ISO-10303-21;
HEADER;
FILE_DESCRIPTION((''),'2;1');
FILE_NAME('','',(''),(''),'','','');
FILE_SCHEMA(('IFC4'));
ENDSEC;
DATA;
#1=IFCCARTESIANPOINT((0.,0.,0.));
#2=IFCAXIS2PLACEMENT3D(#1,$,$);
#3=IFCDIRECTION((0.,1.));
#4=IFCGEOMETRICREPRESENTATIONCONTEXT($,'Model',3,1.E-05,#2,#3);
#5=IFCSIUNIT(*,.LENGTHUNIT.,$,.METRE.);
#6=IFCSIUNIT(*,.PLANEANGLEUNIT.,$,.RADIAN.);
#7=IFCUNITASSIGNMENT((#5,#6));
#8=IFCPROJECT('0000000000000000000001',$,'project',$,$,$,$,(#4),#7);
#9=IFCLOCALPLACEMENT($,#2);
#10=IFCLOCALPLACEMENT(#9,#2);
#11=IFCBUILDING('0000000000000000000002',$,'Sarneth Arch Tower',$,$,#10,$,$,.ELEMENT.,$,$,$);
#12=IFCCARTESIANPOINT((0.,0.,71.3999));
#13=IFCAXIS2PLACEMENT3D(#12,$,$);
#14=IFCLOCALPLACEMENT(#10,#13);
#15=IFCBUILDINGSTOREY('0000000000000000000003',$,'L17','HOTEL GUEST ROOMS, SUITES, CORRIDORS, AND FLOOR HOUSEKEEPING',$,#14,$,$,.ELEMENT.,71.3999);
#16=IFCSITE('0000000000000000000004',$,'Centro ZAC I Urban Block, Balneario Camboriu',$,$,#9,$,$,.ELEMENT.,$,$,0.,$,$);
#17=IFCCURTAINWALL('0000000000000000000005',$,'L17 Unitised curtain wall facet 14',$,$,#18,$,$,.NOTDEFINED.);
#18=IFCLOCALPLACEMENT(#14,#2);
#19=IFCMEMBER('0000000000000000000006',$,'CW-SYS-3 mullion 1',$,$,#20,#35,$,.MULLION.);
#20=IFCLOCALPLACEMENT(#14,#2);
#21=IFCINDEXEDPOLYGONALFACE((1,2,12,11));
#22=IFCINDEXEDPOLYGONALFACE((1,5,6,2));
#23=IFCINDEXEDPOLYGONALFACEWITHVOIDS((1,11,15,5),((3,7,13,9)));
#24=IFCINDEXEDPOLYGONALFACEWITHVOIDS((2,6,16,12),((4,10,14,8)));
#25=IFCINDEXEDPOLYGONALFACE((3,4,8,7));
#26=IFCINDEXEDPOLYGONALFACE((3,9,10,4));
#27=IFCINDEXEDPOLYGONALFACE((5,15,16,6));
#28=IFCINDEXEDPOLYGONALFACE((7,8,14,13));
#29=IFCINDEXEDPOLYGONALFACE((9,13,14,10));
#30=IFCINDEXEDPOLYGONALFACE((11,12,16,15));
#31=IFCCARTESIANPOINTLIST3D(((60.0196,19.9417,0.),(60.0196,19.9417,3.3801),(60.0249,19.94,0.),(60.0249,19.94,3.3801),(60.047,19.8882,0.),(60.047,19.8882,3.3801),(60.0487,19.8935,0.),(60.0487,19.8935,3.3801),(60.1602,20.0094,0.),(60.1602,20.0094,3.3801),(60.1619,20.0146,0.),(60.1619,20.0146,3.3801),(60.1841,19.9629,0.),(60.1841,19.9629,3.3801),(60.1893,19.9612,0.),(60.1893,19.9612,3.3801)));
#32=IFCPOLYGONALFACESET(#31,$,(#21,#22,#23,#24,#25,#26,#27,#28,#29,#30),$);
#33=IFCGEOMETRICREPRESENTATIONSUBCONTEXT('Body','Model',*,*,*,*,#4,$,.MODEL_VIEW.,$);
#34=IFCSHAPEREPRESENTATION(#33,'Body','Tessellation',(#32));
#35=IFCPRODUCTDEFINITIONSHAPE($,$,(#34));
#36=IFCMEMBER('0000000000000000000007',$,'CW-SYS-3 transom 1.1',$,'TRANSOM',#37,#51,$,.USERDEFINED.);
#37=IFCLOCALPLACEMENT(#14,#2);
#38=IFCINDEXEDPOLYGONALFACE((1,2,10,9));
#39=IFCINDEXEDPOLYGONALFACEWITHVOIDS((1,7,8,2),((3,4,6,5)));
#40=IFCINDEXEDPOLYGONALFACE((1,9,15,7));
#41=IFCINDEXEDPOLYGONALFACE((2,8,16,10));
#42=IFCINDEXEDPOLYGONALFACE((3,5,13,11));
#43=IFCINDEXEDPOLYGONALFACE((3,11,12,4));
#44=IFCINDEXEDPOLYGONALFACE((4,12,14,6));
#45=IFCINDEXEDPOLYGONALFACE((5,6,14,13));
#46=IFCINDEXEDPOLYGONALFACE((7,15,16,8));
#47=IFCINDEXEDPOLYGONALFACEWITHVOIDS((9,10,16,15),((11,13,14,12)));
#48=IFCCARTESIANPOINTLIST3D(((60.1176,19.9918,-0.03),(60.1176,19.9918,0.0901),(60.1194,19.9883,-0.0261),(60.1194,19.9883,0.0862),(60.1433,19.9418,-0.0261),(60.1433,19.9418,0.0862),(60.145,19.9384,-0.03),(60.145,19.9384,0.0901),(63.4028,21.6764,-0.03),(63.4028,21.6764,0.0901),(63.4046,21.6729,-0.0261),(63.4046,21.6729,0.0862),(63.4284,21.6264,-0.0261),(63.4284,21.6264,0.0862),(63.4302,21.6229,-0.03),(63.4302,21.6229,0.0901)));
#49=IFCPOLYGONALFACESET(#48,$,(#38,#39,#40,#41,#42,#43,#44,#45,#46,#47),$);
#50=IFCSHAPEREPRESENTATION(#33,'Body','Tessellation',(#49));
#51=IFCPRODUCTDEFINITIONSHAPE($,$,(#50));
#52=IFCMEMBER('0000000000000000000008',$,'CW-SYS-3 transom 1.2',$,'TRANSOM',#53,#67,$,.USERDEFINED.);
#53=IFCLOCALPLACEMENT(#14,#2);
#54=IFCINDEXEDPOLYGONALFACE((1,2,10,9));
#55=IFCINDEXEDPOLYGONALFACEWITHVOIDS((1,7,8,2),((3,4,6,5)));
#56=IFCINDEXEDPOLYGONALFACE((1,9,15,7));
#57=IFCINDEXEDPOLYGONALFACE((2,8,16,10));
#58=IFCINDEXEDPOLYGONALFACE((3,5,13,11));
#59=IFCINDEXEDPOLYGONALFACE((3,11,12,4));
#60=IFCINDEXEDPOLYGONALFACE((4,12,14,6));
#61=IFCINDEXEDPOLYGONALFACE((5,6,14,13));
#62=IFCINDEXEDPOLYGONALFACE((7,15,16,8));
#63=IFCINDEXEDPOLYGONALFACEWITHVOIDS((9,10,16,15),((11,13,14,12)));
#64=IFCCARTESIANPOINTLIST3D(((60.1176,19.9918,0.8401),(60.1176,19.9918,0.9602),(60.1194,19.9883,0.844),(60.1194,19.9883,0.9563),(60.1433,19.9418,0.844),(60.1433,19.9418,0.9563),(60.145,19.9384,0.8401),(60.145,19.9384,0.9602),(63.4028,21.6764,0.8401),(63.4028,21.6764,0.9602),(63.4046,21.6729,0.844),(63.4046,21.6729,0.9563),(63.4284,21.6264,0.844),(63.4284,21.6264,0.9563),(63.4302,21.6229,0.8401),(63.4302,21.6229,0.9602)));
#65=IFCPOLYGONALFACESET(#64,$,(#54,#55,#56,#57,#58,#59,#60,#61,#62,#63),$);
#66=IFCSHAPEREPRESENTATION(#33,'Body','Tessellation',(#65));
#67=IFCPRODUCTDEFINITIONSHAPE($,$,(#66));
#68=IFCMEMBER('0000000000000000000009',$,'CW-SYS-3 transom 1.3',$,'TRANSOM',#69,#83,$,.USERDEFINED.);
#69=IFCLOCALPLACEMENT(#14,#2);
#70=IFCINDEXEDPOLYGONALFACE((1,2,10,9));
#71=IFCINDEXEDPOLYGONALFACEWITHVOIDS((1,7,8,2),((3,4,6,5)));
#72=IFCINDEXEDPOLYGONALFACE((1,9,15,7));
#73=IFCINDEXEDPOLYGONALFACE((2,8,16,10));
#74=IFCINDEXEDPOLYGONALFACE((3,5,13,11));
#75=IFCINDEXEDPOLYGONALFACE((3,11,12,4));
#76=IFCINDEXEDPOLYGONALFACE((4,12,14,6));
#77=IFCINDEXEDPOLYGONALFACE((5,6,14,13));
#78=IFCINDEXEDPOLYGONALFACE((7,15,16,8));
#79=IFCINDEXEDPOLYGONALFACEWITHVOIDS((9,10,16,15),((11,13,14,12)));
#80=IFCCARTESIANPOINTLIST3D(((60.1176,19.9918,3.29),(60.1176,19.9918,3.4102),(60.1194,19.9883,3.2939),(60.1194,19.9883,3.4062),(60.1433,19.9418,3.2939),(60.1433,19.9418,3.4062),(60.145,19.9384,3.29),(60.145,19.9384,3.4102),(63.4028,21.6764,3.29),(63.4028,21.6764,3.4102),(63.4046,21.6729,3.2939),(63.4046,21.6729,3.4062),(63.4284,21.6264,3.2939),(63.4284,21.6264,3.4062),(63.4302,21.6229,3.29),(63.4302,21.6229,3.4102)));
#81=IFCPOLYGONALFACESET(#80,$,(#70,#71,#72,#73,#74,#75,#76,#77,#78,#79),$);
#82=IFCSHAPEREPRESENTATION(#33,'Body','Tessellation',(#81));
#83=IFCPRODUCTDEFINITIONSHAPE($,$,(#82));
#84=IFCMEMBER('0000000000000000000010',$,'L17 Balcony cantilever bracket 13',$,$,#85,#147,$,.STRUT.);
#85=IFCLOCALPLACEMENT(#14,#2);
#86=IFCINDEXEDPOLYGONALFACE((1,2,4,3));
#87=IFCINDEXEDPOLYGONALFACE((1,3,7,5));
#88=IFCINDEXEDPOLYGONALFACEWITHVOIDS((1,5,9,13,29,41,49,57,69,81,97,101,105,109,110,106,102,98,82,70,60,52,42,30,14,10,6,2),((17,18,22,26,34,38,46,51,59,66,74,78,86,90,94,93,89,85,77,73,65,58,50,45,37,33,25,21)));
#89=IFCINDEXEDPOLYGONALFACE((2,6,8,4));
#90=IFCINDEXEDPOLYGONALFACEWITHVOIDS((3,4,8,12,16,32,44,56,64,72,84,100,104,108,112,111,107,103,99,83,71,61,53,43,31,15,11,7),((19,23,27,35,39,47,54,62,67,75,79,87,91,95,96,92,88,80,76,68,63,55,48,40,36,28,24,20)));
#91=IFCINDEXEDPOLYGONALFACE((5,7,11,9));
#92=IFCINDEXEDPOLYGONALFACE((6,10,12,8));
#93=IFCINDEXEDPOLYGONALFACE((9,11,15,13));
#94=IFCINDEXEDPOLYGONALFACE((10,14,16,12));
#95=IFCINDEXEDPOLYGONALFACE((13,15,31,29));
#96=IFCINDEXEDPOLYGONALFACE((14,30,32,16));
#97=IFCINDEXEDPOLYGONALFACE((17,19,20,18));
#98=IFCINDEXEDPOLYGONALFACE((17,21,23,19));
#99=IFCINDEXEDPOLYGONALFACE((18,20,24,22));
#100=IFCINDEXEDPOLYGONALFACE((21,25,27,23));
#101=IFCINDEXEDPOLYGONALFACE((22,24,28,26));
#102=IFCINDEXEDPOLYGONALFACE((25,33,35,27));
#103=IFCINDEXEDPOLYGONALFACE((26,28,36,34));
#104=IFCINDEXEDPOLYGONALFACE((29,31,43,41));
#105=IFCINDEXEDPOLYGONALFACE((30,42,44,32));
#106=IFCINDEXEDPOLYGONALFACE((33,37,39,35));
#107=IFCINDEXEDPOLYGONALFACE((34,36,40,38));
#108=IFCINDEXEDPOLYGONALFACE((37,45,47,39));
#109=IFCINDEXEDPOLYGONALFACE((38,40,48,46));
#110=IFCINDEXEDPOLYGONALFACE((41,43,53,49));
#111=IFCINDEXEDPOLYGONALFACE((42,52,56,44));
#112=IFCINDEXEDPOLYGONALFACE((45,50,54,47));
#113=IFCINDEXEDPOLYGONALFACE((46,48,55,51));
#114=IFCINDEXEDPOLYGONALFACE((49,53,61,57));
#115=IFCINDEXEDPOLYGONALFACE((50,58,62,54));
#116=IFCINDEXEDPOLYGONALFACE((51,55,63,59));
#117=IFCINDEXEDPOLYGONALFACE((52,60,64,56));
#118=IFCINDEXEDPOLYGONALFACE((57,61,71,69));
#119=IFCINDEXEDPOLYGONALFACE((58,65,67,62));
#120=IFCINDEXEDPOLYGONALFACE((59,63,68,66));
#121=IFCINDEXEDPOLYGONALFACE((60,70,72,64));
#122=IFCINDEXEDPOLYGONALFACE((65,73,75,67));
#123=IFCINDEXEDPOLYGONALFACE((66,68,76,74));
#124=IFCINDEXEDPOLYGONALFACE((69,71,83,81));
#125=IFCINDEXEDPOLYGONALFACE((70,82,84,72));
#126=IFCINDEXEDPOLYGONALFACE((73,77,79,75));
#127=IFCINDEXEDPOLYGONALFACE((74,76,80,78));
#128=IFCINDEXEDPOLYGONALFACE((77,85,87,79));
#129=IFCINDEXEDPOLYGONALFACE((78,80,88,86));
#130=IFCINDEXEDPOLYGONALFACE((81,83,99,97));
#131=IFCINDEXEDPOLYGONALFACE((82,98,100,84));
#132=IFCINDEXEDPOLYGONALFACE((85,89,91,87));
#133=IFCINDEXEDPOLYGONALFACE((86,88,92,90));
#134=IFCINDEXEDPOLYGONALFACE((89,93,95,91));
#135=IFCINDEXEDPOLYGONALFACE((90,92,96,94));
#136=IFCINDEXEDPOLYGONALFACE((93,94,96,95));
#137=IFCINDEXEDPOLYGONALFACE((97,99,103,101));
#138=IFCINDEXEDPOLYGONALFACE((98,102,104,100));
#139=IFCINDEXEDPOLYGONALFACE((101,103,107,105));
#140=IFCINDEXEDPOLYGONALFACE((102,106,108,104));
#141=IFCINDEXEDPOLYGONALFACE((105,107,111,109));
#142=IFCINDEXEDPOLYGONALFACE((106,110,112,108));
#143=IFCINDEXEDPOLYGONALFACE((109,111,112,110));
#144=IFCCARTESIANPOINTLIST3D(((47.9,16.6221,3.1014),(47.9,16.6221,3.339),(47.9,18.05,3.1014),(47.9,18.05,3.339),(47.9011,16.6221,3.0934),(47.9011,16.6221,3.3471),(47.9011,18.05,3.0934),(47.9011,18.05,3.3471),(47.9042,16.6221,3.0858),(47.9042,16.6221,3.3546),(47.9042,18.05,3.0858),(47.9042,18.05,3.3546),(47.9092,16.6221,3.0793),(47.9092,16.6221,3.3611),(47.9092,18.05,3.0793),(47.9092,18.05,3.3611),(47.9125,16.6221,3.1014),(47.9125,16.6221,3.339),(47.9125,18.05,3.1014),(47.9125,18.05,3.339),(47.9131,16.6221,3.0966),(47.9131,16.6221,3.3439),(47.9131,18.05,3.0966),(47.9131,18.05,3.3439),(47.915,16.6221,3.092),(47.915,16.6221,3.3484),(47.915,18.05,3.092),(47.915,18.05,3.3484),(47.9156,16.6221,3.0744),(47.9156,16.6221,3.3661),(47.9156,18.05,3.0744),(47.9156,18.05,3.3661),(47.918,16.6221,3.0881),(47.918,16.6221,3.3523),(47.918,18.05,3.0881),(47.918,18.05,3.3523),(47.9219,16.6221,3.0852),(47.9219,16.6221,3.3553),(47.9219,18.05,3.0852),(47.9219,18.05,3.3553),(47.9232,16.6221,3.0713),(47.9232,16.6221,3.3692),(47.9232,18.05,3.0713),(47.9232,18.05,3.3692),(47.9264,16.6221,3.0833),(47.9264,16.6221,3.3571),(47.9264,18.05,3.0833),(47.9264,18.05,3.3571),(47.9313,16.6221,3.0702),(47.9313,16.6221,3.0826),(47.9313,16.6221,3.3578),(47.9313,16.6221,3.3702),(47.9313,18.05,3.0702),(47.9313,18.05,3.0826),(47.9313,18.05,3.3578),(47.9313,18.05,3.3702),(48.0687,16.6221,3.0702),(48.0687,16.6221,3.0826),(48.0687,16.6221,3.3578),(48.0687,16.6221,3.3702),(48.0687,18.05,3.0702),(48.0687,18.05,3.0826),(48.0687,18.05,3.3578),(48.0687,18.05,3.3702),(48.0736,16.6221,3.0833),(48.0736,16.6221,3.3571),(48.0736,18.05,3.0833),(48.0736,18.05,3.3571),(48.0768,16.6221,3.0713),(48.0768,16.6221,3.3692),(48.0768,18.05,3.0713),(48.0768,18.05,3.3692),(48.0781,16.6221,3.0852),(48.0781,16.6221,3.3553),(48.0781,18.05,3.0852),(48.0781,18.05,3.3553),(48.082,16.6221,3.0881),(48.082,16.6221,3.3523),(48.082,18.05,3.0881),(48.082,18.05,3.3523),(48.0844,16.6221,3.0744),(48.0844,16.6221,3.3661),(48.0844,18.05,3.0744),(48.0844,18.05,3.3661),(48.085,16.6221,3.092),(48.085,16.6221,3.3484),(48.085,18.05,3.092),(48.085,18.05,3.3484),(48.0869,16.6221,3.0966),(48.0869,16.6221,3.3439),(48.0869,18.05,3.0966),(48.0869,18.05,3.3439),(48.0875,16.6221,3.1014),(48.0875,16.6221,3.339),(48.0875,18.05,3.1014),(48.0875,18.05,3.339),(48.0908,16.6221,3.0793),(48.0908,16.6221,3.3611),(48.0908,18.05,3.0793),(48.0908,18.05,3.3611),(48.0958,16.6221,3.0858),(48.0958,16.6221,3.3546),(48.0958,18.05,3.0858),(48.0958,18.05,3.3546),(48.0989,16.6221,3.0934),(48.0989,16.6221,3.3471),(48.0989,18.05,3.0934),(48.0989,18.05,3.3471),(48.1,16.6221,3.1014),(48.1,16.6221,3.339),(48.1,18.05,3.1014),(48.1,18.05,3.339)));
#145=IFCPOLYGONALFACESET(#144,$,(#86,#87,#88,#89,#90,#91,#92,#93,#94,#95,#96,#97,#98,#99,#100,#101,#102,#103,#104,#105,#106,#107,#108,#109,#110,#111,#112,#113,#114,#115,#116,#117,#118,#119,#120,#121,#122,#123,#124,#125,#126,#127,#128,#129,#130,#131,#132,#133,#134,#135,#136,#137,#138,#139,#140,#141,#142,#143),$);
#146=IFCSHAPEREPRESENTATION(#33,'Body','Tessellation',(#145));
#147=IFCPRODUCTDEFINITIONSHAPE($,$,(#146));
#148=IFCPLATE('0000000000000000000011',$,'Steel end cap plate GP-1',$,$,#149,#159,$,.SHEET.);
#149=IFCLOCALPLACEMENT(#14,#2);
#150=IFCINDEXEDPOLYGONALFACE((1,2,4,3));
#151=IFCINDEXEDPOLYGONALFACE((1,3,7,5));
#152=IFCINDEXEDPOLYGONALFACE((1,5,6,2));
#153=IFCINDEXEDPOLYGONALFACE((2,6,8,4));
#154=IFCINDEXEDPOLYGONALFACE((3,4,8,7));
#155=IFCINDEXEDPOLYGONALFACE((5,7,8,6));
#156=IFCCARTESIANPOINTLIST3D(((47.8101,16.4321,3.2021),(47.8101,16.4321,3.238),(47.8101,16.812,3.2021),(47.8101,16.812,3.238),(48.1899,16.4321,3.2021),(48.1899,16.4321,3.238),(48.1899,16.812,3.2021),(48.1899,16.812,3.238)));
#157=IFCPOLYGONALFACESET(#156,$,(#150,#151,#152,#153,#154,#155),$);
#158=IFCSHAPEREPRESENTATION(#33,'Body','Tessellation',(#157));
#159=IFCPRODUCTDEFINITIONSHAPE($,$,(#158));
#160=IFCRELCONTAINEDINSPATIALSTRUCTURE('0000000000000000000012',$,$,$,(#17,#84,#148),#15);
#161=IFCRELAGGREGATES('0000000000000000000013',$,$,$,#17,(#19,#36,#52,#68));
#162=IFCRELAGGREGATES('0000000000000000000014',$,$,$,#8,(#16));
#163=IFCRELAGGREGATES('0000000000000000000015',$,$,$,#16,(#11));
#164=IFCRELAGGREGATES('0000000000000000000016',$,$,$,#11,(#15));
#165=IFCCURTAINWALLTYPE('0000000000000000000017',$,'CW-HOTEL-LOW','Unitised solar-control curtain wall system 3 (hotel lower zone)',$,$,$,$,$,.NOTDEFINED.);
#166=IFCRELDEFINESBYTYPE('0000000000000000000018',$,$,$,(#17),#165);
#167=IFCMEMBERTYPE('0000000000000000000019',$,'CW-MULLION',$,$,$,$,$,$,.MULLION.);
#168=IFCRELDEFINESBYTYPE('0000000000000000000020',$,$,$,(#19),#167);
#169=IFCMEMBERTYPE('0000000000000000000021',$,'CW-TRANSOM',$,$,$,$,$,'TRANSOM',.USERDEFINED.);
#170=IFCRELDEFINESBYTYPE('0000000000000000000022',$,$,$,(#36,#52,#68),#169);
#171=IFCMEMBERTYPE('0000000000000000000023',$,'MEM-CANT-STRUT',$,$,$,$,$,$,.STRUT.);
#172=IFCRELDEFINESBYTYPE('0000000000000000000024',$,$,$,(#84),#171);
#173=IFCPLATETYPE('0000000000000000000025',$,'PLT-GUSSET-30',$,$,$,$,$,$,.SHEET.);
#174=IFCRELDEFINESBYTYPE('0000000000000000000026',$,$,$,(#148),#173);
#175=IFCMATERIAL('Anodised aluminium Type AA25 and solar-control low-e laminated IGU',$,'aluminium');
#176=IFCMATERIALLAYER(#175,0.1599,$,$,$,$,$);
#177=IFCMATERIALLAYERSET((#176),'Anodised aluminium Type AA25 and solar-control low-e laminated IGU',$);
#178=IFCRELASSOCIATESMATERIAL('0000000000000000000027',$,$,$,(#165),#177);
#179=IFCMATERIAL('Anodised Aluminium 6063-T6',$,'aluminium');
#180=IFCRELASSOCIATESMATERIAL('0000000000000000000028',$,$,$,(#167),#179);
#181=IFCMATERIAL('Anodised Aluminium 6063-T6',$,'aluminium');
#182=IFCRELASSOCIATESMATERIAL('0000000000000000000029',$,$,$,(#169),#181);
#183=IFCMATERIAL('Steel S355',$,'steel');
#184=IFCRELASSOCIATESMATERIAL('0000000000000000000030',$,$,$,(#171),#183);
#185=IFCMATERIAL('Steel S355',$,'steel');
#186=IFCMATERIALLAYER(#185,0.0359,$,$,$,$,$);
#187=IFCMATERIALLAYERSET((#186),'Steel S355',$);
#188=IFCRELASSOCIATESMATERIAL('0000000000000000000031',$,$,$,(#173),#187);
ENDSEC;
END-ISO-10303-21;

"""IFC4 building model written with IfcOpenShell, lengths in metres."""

from ifc_helpers import new_model, si_unit, direction, frame, origin, origin_2d, place, context, subcontext, project, spatial, rectangle, hollow_rectangle, extrude, material, layer, layer_set, material_profile, profile_set, type_object, element, aggregate, save


model = new_model("IFC4")

# Units and contexts
model_context = context("Model", 3, precision=1e-05, world=origin(), true_north=direction((0.0, 1.0)))
body_context = subcontext(model_context, "Body", "Model", "MODEL_VIEW")
ifc_project = project(units=[si_unit("LENGTHUNIT", "METRE"), si_unit("PLANEANGLEUNIT", "RADIAN")], contexts=[model_context])

# Site, building, storey
site_placement = place(None, origin())
site = spatial("IfcSite", under=ifc_project, at=site_placement, Name="Centro ZAC I Urban Block, Balneario Camboriu", CompositionType="ELEMENT", RefElevation=0.0)
building_placement = place(site_placement, origin())
building = spatial("IfcBuilding", under=site, at=building_placement, Name="Sarneth Arch Tower", CompositionType="ELEMENT")
storey_placement = place(building_placement, frame((0.0, 0.0, 71.3999)))
storey = spatial("IfcBuildingStorey", under=building, at=storey_placement, Name="L17", Description="HOTEL GUEST ROOMS, SUITES, CORRIDORS, AND FLOOR HOUSEKEEPING", CompositionType="ELEMENT", Elevation=71.3999)

# Curtain wall, members
ifc_material_1 = material(Name="Anodised aluminium Type AA25 and solar-control low-e laminated IGU", Category="aluminium")
ifc_layer_1 = layer(ifc_material_1, 0.1599)
ifc_layer_set_1 = layer_set([ifc_layer_1], Name="Anodised aluminium Type AA25 and solar-control low-e laminated IGU")
curtain_wall_type = type_object("IfcCurtainWallType", Name="CW-HOTEL-LOW", Description="Unitised solar-control curtain wall system 3 (hotel lower zone)", PredefinedType="NOTDEFINED", material=ifc_layer_set_1)
curtain_wall_placement = place(storey_placement, origin())
curtain_wall = element("IfcCurtainWall", 1, at=curtain_wall_placement, inside=storey, type_object=curtain_wall_type, Name="L17 Unitised curtain wall facet 14", PredefinedType="NOTDEFINED")
ifc_material_2 = material(Name="Anodised Aluminium 6063-T6", Category="aluminium")
ifc_material_profile_1 = material_profile(ifc_material_2, hollow_rectangle(XDim=0.0601, YDim=0.1599, WallThickness=0.0039, at=origin_2d()), Name="AL-MULL-160x60x4")
ifc_profile_set_1 = profile_set([ifc_material_profile_1], Name="Anodised Aluminium 6063-T6")
member_type_1 = type_object("IfcMemberType", Name="CW-MULLION", PredefinedType="MULLION", material=ifc_profile_set_1)
member_1_placement = place(storey_placement, frame((60.1045, 19.9514, 0.0), z_axis=(0.0, 0.0, 1.0), x_axis=(-0.456245, 0.889854, 0.0)))
member_1 = element("IfcMember", 2, at=member_1_placement, type_object=member_type_1, Name="CW-SYS-3 mullion 1", PredefinedType="MULLION", context=body_context, shape_type="SweptSolid", body=[
    extrude(hollow_rectangle(XDim=0.0601, YDim=0.1599, WallThickness=0.0039, at=origin_2d()), origin(), (0.0, 0.0, 1.0), 3.3801),
])
ifc_material_3 = material(Name="Anodised Aluminium 6063-T6", Category="aluminium")
ifc_material_profile_2 = material_profile(ifc_material_3, hollow_rectangle(XDim=0.0601, YDim=0.1201, WallThickness=0.0039, at=origin_2d()), Name="AL-TRAN-120x60x4")
ifc_profile_set_2 = profile_set([ifc_material_profile_2], Name="Anodised Aluminium 6063-T6")
member_type_2 = type_object("IfcMemberType", Name="CW-TRANSOM", ElementType="TRANSOM", PredefinedType="USERDEFINED", material=ifc_profile_set_2)
member_2_placement = place(storey_placement, frame((60.1313, 19.9651, 0.03), z_axis=(0.889831, 0.45629, 0.0), x_axis=(-0.45629, 0.889831, 0.0)))
member_2 = element("IfcMember", 3, at=member_2_placement, type_object=member_type_2, Name="CW-SYS-3 transom 1.1", ObjectType="TRANSOM", PredefinedType="USERDEFINED", context=body_context, shape_type="SweptSolid", body=[
    extrude(hollow_rectangle(XDim=0.0601, YDim=0.1201, WallThickness=0.0039, at=origin_2d()), origin(), (0.0, 0.0, 1.0), 3.6919),
])
member_3_placement = place(storey_placement, frame((60.1313, 19.9651, 0.9001), z_axis=(0.889831, 0.45629, 0.0), x_axis=(-0.45629, 0.889831, 0.0)))
member_3 = element("IfcMember", 4, at=member_3_placement, type_object=member_type_2, Name="CW-SYS-3 transom 1.2", ObjectType="TRANSOM", PredefinedType="USERDEFINED", context=body_context, shape_type="SweptSolid", body=[
    extrude(hollow_rectangle(XDim=0.0601, YDim=0.1201, WallThickness=0.0039, at=origin_2d()), origin(), (0.0, 0.0, 1.0), 3.6919),
])
member_4_placement = place(storey_placement, frame((60.1313, 19.9651, 3.3501), z_axis=(0.889831, 0.45629, 0.0), x_axis=(-0.45629, 0.889831, 0.0)))
member_4 = element("IfcMember", 5, at=member_4_placement, type_object=member_type_2, Name="CW-SYS-3 transom 1.3", ObjectType="TRANSOM", PredefinedType="USERDEFINED", context=body_context, shape_type="SweptSolid", body=[
    extrude(hollow_rectangle(XDim=0.0601, YDim=0.1201, WallThickness=0.0039, at=origin_2d()), origin(), (0.0, 0.0, 1.0), 3.6919),
])
aggregate(curtain_wall, [member_1, member_2, member_3, member_4])

# Member
ifc_material_4 = material(Name="Steel S355", Category="steel")
ifc_material_profile_3 = material_profile(ifc_material_4, hollow_rectangle(XDim=0.2, YDim=0.3, WallThickness=0.0125, InnerFilletRadius=0.0188, OuterFilletRadius=0.0312, at=origin_2d()), Name="RHS300x200x12.5")
ifc_profile_set_3 = profile_set([ifc_material_profile_3], Name="Steel S355")
member_type_3 = type_object("IfcMemberType", Name="MEM-CANT-STRUT", PredefinedType="STRUT", material=ifc_profile_set_3)
member_5_placement = place(storey_placement, frame((48.0, 18.05, 3.2202), z_axis=(0.0, -1.0, 0.0), x_axis=(1.0, 0.0, 0.0)))
element("IfcMember", 6, at=member_5_placement, inside=storey, type_object=member_type_3, Name="L17 Balcony cantilever bracket 13", PredefinedType="STRUT", context=body_context, shape_type="SweptSolid", body=[
    extrude(hollow_rectangle(XDim=0.2, YDim=0.3, WallThickness=0.0125, InnerFilletRadius=0.0188, OuterFilletRadius=0.0312, at=origin_2d()), origin(), (0.0, 0.0, 1.0), 1.428),
])

# Plate
ifc_material_5 = material(Name="Steel S355", Category="steel")
ifc_layer_2 = layer(ifc_material_5, 0.0359)
ifc_layer_set_2 = layer_set([ifc_layer_2], Name="Steel S355")
plate_type = type_object("IfcPlateType", Name="PLT-GUSSET-30", PredefinedType="SHEET", material=ifc_layer_set_2)
plate_placement = place(storey_placement, frame((48.0, 16.6221, 3.2021), z_axis=(0.0, 0.0, 1.0), x_axis=(0.0, -1.0, 0.0)))
element("IfcPlate", 7, at=plate_placement, inside=storey, type_object=plate_type, Name="Steel end cap plate GP-1", PredefinedType="SHEET", context=body_context, shape_type="SweptSolid", body=[
    extrude(rectangle(XDim=0.3799, YDim=0.3799, at=origin_2d()), origin(), (0.0, 0.0, 1.0), 0.0359),
])

save(model, "model.ifc")
